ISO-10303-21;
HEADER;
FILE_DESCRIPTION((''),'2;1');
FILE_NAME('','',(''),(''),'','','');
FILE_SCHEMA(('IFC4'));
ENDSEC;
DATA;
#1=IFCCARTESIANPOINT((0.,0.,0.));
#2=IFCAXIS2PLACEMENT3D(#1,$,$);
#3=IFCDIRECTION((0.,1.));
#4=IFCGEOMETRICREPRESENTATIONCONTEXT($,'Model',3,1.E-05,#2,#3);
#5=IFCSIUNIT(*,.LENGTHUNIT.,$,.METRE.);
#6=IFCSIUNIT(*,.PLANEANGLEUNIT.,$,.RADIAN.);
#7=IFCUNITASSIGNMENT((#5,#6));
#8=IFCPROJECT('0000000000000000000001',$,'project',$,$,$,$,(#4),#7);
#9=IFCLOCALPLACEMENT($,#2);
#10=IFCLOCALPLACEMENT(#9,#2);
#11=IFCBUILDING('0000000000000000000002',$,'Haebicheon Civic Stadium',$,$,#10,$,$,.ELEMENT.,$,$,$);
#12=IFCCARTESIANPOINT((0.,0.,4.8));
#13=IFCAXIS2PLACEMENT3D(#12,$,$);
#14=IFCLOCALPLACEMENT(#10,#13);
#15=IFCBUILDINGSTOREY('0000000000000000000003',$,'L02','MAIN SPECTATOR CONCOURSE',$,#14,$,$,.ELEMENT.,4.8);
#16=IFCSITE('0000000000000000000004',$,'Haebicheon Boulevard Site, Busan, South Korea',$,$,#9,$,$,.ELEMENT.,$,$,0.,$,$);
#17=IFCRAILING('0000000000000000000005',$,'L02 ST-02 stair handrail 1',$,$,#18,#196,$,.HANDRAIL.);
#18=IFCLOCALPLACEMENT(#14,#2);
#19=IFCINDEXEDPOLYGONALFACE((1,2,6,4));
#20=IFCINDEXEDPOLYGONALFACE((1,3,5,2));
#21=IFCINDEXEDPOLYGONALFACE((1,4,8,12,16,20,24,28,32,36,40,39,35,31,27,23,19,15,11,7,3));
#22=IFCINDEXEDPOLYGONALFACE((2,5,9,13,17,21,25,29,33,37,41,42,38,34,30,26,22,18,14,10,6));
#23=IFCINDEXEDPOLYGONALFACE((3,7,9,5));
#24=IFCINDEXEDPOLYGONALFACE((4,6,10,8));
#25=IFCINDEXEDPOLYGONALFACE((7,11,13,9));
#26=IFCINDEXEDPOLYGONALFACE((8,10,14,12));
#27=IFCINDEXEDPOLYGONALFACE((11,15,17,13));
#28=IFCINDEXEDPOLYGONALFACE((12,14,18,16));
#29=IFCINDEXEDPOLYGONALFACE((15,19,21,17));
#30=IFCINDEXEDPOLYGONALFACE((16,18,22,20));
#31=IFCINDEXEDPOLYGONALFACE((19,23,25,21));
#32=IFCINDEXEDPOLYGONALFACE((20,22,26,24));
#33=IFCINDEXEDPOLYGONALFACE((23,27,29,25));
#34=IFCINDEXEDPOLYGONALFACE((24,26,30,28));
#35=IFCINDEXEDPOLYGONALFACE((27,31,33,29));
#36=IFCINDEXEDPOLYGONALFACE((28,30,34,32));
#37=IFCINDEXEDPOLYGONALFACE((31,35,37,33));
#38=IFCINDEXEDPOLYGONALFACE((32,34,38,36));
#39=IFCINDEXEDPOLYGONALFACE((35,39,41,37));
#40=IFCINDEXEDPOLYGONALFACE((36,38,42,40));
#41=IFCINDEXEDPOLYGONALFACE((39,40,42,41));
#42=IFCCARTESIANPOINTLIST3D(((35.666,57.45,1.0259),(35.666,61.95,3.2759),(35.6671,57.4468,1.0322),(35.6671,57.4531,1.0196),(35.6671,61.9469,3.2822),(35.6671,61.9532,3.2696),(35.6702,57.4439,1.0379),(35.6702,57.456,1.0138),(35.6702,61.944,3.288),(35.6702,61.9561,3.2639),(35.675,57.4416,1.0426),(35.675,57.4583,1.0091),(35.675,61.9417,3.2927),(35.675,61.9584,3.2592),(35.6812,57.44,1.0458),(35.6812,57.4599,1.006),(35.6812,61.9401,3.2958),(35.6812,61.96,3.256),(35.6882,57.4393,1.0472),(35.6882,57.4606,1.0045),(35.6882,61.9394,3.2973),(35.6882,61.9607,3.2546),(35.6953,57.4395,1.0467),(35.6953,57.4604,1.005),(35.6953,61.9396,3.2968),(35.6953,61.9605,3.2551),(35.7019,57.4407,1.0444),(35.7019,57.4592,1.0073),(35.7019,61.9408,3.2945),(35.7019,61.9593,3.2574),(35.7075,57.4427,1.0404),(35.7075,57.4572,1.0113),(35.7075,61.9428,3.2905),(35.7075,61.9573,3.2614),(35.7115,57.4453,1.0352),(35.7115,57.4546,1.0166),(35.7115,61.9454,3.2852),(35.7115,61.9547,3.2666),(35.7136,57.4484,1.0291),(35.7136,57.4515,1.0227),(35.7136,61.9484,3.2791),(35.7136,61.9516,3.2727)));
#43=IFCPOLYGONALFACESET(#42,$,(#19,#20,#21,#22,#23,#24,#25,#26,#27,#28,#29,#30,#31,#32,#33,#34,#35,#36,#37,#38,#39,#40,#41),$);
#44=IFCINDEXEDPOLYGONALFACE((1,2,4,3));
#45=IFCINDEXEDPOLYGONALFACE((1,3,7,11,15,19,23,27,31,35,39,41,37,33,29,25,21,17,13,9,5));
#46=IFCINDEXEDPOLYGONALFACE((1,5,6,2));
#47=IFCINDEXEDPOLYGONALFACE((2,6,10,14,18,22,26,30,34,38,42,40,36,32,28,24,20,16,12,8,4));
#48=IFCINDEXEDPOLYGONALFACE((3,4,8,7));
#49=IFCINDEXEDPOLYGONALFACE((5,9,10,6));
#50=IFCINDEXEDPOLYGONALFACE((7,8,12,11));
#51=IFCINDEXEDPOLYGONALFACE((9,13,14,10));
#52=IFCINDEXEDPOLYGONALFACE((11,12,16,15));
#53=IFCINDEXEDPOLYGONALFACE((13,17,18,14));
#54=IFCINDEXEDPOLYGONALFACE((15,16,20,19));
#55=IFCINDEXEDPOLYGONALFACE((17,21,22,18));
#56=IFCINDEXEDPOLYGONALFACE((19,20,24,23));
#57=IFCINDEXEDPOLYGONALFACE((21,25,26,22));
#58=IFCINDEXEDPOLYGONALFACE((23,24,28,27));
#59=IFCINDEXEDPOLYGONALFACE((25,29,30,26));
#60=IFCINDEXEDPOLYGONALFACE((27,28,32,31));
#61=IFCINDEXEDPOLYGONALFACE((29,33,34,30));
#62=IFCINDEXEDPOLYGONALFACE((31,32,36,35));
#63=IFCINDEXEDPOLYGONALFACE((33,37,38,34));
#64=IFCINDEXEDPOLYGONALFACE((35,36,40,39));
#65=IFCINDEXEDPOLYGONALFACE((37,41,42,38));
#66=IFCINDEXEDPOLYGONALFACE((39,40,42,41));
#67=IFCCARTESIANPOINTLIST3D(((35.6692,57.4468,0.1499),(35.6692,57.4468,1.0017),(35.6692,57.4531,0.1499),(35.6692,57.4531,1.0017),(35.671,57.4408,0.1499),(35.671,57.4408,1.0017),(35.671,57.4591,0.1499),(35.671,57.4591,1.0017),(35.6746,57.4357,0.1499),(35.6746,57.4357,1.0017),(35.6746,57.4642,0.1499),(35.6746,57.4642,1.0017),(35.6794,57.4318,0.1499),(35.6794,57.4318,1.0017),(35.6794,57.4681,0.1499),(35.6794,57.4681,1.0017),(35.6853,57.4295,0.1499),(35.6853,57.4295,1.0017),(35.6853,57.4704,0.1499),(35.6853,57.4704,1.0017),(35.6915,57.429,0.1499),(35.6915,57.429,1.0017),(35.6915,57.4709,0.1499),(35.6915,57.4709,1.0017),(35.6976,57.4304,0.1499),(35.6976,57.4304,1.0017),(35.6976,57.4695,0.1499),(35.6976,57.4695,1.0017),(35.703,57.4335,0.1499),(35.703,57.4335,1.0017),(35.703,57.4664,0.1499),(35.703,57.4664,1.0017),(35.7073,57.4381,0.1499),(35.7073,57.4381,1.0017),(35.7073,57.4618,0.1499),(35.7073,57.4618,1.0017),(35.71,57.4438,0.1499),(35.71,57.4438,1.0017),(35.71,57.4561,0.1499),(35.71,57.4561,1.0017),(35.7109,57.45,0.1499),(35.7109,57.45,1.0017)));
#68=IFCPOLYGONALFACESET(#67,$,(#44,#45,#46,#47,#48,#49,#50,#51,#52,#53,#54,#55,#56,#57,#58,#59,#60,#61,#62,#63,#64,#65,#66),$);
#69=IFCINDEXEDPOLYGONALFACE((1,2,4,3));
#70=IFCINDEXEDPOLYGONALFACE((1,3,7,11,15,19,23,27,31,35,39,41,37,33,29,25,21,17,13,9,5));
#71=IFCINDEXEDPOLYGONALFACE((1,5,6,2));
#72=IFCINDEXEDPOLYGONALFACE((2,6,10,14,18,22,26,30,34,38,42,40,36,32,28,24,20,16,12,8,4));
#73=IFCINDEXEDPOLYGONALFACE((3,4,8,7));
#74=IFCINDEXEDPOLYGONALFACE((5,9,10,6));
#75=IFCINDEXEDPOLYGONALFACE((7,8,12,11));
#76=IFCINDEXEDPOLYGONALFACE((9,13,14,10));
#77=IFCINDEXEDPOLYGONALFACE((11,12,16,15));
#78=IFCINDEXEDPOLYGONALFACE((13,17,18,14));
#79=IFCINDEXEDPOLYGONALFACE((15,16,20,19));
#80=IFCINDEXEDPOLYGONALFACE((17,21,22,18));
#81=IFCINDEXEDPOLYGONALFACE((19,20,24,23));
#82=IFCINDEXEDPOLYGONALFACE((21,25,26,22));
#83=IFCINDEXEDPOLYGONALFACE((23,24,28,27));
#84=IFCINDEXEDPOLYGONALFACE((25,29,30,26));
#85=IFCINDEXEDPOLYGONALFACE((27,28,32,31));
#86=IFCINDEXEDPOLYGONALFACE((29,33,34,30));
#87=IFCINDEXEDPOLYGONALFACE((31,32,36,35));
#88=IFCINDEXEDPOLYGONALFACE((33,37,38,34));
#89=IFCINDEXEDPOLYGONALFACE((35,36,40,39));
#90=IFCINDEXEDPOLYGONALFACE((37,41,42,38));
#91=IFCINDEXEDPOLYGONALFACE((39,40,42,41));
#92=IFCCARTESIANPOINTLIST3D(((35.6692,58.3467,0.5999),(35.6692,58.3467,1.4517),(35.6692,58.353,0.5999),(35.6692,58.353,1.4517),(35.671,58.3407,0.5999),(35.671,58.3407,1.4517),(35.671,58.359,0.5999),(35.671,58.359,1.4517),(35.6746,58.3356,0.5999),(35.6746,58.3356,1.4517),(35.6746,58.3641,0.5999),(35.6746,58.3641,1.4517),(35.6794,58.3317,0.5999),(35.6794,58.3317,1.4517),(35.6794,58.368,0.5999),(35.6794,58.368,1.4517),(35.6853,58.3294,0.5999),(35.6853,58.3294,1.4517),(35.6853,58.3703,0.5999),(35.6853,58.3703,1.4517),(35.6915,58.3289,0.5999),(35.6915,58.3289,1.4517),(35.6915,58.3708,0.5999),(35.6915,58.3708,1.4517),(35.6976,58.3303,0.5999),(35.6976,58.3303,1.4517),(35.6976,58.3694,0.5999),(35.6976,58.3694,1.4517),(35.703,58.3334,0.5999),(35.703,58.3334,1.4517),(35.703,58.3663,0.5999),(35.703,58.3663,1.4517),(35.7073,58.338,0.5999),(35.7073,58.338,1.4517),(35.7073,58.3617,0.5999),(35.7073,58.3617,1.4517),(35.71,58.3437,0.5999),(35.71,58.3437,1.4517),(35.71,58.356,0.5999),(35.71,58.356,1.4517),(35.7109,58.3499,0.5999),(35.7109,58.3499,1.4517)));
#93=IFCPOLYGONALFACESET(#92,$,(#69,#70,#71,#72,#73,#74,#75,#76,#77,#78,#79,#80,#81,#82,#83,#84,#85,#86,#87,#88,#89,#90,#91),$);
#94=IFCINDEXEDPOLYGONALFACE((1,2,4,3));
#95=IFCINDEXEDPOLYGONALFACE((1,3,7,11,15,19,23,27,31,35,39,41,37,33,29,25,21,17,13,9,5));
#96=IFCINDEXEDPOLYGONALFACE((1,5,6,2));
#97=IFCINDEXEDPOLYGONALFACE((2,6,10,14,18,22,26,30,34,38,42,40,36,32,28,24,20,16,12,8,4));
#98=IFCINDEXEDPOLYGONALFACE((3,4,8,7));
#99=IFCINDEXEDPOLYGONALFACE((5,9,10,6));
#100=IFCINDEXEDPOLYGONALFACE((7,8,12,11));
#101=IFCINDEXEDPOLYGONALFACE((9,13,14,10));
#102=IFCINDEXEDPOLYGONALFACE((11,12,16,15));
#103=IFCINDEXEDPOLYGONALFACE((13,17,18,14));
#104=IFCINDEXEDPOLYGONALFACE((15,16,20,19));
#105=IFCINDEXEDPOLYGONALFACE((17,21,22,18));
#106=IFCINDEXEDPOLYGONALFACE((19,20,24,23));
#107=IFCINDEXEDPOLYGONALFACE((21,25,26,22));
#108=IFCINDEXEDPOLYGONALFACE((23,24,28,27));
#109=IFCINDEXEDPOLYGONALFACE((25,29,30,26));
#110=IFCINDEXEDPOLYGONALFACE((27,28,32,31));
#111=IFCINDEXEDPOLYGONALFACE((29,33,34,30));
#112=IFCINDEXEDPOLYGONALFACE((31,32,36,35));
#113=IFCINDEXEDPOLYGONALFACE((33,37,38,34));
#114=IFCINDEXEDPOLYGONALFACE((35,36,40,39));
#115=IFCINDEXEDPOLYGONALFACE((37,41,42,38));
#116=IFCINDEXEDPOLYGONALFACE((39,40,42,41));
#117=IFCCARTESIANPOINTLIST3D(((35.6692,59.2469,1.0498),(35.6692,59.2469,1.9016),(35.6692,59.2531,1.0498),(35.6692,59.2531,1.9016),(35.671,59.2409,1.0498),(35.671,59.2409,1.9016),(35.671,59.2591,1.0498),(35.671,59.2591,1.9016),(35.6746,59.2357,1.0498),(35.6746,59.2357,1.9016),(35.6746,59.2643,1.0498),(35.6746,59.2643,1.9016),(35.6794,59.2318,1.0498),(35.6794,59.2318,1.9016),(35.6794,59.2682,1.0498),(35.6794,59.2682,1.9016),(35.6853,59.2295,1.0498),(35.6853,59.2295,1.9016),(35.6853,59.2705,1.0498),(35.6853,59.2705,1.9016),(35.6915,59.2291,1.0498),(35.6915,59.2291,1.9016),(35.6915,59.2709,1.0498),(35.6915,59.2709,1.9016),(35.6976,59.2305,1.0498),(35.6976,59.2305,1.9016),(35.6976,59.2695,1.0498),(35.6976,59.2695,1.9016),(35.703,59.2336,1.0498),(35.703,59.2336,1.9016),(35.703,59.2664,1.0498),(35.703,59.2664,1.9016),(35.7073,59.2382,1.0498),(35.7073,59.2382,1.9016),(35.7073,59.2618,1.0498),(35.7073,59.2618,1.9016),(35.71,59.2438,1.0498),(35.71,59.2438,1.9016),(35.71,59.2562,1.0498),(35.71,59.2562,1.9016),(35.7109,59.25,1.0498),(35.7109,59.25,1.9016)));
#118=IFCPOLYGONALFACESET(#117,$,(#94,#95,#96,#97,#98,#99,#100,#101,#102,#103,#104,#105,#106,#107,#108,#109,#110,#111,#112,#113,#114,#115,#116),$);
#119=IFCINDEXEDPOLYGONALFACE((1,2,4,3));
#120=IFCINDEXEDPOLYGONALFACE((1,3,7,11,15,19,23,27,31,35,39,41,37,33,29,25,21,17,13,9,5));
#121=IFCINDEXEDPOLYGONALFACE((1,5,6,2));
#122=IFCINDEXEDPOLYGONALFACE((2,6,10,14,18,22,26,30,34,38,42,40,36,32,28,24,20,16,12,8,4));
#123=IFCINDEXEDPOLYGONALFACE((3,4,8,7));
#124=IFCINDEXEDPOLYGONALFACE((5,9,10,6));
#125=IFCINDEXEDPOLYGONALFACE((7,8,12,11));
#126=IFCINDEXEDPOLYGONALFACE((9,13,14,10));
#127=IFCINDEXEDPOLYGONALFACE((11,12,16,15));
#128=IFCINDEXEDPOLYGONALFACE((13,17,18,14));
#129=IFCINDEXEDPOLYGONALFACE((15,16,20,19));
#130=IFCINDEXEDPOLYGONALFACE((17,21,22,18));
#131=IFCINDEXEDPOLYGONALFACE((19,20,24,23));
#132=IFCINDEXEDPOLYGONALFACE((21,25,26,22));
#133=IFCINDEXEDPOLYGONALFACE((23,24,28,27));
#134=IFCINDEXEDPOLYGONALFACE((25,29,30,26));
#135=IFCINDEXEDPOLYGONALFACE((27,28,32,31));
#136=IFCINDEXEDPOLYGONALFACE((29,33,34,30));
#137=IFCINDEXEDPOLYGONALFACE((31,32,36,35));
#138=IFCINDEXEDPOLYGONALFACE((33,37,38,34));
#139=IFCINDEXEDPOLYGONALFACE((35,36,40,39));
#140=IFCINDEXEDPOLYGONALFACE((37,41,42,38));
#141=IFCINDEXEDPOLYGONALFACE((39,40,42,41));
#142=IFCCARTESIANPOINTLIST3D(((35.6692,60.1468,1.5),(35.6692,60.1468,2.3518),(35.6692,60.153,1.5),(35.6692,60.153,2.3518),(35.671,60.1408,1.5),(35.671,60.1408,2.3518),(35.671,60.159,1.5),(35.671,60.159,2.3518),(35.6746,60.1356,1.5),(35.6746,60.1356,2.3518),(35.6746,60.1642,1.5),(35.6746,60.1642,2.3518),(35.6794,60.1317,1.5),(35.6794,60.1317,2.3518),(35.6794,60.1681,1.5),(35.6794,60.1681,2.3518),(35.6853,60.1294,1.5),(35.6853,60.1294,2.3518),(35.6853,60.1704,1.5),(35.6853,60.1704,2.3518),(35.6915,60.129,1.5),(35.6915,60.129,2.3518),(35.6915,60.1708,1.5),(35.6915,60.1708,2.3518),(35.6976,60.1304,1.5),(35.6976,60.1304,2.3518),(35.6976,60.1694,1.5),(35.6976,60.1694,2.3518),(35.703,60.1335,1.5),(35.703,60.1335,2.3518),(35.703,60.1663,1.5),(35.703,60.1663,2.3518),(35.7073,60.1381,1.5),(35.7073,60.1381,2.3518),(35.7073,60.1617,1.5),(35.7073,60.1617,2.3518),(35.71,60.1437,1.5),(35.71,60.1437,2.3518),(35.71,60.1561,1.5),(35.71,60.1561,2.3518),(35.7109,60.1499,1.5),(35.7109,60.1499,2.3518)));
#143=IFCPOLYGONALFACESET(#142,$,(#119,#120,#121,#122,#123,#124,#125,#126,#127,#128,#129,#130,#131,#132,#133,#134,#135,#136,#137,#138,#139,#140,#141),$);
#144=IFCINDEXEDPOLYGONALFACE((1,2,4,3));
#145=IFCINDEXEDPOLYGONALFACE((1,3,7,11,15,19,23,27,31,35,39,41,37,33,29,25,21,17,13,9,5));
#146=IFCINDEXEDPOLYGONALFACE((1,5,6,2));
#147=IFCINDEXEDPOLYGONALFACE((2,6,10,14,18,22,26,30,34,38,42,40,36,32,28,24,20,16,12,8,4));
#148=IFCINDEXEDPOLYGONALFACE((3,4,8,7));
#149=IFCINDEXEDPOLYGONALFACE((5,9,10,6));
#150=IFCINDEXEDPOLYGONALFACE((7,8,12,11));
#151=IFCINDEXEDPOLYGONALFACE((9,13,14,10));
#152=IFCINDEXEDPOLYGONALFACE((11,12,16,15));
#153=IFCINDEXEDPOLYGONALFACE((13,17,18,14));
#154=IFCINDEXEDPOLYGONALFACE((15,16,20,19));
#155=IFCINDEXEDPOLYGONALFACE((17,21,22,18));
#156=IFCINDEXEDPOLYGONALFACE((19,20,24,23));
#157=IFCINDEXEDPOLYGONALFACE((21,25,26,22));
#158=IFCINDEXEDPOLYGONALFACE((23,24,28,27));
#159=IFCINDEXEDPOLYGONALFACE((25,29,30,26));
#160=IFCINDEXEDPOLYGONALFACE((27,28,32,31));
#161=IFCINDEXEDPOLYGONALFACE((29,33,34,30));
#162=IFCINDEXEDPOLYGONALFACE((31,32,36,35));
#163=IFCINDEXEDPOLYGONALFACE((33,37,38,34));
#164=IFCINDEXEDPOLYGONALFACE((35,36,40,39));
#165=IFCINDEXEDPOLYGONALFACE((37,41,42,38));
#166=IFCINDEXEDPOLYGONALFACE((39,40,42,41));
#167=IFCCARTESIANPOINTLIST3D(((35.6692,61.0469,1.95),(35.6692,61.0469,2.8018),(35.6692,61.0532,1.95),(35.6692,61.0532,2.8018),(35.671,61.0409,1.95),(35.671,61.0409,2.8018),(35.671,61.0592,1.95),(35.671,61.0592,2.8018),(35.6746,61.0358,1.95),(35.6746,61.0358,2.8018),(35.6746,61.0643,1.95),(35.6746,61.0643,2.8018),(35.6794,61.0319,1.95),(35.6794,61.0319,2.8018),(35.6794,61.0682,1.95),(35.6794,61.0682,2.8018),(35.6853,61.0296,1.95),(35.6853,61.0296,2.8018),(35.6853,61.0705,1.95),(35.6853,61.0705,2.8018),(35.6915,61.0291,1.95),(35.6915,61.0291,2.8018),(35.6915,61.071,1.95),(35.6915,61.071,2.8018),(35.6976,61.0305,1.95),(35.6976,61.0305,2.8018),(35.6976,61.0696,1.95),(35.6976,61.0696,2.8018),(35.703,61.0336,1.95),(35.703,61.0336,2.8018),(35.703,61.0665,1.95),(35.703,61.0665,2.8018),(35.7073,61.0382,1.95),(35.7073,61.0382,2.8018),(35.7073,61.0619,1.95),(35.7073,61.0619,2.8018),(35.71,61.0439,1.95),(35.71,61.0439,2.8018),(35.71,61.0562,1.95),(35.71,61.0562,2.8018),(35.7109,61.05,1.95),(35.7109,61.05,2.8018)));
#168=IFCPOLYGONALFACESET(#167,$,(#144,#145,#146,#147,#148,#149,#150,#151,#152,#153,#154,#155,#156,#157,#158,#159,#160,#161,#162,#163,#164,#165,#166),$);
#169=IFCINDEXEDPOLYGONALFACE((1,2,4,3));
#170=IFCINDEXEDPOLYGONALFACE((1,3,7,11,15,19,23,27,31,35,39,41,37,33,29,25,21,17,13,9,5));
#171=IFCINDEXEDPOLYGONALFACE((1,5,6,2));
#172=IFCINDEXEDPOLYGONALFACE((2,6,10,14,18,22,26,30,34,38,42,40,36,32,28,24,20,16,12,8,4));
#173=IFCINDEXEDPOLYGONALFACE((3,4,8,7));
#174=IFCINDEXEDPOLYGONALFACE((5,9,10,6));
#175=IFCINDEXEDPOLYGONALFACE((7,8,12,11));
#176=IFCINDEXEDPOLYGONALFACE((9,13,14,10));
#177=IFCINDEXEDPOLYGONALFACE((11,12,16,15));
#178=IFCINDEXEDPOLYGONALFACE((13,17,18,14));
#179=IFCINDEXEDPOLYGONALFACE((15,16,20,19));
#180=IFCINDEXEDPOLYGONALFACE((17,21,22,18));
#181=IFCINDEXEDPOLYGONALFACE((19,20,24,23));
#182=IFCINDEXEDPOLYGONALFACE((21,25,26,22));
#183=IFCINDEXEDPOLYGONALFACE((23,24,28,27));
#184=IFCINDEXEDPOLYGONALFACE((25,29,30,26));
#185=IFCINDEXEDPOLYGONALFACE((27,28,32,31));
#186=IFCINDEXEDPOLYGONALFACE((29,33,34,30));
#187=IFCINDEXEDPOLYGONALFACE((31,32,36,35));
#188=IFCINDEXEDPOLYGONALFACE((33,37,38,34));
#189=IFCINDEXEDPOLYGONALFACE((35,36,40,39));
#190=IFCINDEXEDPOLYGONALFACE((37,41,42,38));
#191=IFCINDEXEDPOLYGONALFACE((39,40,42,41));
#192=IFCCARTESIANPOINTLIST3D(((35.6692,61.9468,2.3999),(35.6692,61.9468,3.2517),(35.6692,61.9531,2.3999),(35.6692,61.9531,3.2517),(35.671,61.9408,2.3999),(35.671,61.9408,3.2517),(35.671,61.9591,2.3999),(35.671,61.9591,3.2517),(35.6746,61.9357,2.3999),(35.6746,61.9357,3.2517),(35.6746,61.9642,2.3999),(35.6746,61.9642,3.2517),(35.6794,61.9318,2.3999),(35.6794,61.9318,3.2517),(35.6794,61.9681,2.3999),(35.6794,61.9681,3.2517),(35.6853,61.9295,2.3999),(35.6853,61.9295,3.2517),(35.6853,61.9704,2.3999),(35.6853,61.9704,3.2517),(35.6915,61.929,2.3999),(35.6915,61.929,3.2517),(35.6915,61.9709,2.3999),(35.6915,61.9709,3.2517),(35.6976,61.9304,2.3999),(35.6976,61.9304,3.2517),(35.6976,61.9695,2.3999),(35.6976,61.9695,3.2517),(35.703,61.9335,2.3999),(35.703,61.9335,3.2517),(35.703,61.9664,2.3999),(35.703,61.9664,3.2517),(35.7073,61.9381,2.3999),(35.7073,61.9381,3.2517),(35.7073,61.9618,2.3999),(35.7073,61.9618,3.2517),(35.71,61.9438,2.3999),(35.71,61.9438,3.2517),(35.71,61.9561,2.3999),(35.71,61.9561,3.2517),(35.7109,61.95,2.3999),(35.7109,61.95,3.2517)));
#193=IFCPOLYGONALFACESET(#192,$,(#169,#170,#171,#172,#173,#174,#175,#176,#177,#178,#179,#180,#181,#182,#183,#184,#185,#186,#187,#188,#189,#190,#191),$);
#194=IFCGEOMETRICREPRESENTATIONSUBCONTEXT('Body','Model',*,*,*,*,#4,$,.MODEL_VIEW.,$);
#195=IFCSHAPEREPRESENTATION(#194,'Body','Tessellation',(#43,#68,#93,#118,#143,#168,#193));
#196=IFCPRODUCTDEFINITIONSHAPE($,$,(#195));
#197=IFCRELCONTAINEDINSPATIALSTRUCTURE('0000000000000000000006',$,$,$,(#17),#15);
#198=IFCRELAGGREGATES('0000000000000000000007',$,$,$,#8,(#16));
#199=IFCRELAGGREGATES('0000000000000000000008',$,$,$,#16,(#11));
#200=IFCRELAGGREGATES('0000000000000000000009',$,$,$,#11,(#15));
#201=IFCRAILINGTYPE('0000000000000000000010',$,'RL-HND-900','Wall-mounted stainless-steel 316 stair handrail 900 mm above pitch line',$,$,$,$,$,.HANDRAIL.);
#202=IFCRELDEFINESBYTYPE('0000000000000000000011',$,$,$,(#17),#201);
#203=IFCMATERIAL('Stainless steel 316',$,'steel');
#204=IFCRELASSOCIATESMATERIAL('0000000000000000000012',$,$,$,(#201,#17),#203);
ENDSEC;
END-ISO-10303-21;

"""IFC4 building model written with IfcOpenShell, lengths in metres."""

from ifc_helpers import new_model, si_unit, direction, frame, origin, origin_2d, place, context, subcontext, project, spatial, circle, extrude, material, type_object, element, save


model = new_model("IFC4")

# Units and contexts
model_context = context("Model", 3, precision=1e-05, world=origin(), true_north=direction((0.0, 1.0)))
body_context = subcontext(model_context, "Body", "Model", "MODEL_VIEW")
ifc_project = project(units=[si_unit("LENGTHUNIT", "METRE"), si_unit("PLANEANGLEUNIT", "RADIAN")], contexts=[model_context])

# Site, building, storey
site_placement = place(None, origin())
site = spatial("IfcSite", under=ifc_project, at=site_placement, Name="Haebicheon Boulevard Site, Busan, South Korea", CompositionType="ELEMENT", RefElevation=0.0)
building_placement = place(site_placement, origin())
building = spatial("IfcBuilding", under=site, at=building_placement, Name="Haebicheon Civic Stadium", CompositionType="ELEMENT")
storey_placement = place(building_placement, frame((0.0, 0.0, 4.8)))
storey = spatial("IfcBuildingStorey", under=building, at=storey_placement, Name="L02", Description="MAIN SPECTATOR CONCOURSE", CompositionType="ELEMENT", Elevation=4.8)

# Railing
ifc_material_1 = material(Name="Stainless steel 316", Category="steel")
railing_type_1 = type_object("IfcRailingType", Name="RL-HND-900", Description="Wall-mounted stainless-steel 316 stair handrail 900 mm above pitch line", PredefinedType="HANDRAIL", material=ifc_material_1)
railing_1_placement = place(storey_placement, frame((35.6899, 57.45, 0.1499)))
element("IfcRailing", 1, at=railing_1_placement, inside=storey, type_object=railing_type_1, material=ifc_material_1, Name="L02 ST-02 stair handrail 1", PredefinedType="HANDRAIL", context=body_context, shape_type="SweptSolid", body=[
    extrude(circle(Radius=0.0239, at=origin_2d()), frame((0.0, 0.0, 0.876), z_axis=(0.0, 0.894427, 0.447214), x_axis=(-1.0, 0.0, 0.0)), (0.0, 0.0, 1.0), 5.0312),
    extrude(circle(Radius=0.021, at=origin_2d()), origin(), (0.0, 0.0, 1.0), 0.8518),
    extrude(circle(Radius=0.021, at=origin_2d()), frame((0.0, 0.8999, 0.45)), (0.0, 0.0, 1.0), 0.8518),
    extrude(circle(Radius=0.021, at=origin_2d()), frame((0.0, 1.8, 0.8999)), (0.0, 0.0, 1.0), 0.8518),
    extrude(circle(Radius=0.021, at=origin_2d()), frame((0.0, 2.7, 1.3501)), (0.0, 0.0, 1.0), 0.8518),
    extrude(circle(Radius=0.021, at=origin_2d()), frame((0.0, 3.6001, 1.8)), (0.0, 0.0, 1.0), 0.8518),
    extrude(circle(Radius=0.021, at=origin_2d()), frame((0.0, 4.5, 2.25)), (0.0, 0.0, 1.0), 0.8518),
])

save(model, "model.ifc")
